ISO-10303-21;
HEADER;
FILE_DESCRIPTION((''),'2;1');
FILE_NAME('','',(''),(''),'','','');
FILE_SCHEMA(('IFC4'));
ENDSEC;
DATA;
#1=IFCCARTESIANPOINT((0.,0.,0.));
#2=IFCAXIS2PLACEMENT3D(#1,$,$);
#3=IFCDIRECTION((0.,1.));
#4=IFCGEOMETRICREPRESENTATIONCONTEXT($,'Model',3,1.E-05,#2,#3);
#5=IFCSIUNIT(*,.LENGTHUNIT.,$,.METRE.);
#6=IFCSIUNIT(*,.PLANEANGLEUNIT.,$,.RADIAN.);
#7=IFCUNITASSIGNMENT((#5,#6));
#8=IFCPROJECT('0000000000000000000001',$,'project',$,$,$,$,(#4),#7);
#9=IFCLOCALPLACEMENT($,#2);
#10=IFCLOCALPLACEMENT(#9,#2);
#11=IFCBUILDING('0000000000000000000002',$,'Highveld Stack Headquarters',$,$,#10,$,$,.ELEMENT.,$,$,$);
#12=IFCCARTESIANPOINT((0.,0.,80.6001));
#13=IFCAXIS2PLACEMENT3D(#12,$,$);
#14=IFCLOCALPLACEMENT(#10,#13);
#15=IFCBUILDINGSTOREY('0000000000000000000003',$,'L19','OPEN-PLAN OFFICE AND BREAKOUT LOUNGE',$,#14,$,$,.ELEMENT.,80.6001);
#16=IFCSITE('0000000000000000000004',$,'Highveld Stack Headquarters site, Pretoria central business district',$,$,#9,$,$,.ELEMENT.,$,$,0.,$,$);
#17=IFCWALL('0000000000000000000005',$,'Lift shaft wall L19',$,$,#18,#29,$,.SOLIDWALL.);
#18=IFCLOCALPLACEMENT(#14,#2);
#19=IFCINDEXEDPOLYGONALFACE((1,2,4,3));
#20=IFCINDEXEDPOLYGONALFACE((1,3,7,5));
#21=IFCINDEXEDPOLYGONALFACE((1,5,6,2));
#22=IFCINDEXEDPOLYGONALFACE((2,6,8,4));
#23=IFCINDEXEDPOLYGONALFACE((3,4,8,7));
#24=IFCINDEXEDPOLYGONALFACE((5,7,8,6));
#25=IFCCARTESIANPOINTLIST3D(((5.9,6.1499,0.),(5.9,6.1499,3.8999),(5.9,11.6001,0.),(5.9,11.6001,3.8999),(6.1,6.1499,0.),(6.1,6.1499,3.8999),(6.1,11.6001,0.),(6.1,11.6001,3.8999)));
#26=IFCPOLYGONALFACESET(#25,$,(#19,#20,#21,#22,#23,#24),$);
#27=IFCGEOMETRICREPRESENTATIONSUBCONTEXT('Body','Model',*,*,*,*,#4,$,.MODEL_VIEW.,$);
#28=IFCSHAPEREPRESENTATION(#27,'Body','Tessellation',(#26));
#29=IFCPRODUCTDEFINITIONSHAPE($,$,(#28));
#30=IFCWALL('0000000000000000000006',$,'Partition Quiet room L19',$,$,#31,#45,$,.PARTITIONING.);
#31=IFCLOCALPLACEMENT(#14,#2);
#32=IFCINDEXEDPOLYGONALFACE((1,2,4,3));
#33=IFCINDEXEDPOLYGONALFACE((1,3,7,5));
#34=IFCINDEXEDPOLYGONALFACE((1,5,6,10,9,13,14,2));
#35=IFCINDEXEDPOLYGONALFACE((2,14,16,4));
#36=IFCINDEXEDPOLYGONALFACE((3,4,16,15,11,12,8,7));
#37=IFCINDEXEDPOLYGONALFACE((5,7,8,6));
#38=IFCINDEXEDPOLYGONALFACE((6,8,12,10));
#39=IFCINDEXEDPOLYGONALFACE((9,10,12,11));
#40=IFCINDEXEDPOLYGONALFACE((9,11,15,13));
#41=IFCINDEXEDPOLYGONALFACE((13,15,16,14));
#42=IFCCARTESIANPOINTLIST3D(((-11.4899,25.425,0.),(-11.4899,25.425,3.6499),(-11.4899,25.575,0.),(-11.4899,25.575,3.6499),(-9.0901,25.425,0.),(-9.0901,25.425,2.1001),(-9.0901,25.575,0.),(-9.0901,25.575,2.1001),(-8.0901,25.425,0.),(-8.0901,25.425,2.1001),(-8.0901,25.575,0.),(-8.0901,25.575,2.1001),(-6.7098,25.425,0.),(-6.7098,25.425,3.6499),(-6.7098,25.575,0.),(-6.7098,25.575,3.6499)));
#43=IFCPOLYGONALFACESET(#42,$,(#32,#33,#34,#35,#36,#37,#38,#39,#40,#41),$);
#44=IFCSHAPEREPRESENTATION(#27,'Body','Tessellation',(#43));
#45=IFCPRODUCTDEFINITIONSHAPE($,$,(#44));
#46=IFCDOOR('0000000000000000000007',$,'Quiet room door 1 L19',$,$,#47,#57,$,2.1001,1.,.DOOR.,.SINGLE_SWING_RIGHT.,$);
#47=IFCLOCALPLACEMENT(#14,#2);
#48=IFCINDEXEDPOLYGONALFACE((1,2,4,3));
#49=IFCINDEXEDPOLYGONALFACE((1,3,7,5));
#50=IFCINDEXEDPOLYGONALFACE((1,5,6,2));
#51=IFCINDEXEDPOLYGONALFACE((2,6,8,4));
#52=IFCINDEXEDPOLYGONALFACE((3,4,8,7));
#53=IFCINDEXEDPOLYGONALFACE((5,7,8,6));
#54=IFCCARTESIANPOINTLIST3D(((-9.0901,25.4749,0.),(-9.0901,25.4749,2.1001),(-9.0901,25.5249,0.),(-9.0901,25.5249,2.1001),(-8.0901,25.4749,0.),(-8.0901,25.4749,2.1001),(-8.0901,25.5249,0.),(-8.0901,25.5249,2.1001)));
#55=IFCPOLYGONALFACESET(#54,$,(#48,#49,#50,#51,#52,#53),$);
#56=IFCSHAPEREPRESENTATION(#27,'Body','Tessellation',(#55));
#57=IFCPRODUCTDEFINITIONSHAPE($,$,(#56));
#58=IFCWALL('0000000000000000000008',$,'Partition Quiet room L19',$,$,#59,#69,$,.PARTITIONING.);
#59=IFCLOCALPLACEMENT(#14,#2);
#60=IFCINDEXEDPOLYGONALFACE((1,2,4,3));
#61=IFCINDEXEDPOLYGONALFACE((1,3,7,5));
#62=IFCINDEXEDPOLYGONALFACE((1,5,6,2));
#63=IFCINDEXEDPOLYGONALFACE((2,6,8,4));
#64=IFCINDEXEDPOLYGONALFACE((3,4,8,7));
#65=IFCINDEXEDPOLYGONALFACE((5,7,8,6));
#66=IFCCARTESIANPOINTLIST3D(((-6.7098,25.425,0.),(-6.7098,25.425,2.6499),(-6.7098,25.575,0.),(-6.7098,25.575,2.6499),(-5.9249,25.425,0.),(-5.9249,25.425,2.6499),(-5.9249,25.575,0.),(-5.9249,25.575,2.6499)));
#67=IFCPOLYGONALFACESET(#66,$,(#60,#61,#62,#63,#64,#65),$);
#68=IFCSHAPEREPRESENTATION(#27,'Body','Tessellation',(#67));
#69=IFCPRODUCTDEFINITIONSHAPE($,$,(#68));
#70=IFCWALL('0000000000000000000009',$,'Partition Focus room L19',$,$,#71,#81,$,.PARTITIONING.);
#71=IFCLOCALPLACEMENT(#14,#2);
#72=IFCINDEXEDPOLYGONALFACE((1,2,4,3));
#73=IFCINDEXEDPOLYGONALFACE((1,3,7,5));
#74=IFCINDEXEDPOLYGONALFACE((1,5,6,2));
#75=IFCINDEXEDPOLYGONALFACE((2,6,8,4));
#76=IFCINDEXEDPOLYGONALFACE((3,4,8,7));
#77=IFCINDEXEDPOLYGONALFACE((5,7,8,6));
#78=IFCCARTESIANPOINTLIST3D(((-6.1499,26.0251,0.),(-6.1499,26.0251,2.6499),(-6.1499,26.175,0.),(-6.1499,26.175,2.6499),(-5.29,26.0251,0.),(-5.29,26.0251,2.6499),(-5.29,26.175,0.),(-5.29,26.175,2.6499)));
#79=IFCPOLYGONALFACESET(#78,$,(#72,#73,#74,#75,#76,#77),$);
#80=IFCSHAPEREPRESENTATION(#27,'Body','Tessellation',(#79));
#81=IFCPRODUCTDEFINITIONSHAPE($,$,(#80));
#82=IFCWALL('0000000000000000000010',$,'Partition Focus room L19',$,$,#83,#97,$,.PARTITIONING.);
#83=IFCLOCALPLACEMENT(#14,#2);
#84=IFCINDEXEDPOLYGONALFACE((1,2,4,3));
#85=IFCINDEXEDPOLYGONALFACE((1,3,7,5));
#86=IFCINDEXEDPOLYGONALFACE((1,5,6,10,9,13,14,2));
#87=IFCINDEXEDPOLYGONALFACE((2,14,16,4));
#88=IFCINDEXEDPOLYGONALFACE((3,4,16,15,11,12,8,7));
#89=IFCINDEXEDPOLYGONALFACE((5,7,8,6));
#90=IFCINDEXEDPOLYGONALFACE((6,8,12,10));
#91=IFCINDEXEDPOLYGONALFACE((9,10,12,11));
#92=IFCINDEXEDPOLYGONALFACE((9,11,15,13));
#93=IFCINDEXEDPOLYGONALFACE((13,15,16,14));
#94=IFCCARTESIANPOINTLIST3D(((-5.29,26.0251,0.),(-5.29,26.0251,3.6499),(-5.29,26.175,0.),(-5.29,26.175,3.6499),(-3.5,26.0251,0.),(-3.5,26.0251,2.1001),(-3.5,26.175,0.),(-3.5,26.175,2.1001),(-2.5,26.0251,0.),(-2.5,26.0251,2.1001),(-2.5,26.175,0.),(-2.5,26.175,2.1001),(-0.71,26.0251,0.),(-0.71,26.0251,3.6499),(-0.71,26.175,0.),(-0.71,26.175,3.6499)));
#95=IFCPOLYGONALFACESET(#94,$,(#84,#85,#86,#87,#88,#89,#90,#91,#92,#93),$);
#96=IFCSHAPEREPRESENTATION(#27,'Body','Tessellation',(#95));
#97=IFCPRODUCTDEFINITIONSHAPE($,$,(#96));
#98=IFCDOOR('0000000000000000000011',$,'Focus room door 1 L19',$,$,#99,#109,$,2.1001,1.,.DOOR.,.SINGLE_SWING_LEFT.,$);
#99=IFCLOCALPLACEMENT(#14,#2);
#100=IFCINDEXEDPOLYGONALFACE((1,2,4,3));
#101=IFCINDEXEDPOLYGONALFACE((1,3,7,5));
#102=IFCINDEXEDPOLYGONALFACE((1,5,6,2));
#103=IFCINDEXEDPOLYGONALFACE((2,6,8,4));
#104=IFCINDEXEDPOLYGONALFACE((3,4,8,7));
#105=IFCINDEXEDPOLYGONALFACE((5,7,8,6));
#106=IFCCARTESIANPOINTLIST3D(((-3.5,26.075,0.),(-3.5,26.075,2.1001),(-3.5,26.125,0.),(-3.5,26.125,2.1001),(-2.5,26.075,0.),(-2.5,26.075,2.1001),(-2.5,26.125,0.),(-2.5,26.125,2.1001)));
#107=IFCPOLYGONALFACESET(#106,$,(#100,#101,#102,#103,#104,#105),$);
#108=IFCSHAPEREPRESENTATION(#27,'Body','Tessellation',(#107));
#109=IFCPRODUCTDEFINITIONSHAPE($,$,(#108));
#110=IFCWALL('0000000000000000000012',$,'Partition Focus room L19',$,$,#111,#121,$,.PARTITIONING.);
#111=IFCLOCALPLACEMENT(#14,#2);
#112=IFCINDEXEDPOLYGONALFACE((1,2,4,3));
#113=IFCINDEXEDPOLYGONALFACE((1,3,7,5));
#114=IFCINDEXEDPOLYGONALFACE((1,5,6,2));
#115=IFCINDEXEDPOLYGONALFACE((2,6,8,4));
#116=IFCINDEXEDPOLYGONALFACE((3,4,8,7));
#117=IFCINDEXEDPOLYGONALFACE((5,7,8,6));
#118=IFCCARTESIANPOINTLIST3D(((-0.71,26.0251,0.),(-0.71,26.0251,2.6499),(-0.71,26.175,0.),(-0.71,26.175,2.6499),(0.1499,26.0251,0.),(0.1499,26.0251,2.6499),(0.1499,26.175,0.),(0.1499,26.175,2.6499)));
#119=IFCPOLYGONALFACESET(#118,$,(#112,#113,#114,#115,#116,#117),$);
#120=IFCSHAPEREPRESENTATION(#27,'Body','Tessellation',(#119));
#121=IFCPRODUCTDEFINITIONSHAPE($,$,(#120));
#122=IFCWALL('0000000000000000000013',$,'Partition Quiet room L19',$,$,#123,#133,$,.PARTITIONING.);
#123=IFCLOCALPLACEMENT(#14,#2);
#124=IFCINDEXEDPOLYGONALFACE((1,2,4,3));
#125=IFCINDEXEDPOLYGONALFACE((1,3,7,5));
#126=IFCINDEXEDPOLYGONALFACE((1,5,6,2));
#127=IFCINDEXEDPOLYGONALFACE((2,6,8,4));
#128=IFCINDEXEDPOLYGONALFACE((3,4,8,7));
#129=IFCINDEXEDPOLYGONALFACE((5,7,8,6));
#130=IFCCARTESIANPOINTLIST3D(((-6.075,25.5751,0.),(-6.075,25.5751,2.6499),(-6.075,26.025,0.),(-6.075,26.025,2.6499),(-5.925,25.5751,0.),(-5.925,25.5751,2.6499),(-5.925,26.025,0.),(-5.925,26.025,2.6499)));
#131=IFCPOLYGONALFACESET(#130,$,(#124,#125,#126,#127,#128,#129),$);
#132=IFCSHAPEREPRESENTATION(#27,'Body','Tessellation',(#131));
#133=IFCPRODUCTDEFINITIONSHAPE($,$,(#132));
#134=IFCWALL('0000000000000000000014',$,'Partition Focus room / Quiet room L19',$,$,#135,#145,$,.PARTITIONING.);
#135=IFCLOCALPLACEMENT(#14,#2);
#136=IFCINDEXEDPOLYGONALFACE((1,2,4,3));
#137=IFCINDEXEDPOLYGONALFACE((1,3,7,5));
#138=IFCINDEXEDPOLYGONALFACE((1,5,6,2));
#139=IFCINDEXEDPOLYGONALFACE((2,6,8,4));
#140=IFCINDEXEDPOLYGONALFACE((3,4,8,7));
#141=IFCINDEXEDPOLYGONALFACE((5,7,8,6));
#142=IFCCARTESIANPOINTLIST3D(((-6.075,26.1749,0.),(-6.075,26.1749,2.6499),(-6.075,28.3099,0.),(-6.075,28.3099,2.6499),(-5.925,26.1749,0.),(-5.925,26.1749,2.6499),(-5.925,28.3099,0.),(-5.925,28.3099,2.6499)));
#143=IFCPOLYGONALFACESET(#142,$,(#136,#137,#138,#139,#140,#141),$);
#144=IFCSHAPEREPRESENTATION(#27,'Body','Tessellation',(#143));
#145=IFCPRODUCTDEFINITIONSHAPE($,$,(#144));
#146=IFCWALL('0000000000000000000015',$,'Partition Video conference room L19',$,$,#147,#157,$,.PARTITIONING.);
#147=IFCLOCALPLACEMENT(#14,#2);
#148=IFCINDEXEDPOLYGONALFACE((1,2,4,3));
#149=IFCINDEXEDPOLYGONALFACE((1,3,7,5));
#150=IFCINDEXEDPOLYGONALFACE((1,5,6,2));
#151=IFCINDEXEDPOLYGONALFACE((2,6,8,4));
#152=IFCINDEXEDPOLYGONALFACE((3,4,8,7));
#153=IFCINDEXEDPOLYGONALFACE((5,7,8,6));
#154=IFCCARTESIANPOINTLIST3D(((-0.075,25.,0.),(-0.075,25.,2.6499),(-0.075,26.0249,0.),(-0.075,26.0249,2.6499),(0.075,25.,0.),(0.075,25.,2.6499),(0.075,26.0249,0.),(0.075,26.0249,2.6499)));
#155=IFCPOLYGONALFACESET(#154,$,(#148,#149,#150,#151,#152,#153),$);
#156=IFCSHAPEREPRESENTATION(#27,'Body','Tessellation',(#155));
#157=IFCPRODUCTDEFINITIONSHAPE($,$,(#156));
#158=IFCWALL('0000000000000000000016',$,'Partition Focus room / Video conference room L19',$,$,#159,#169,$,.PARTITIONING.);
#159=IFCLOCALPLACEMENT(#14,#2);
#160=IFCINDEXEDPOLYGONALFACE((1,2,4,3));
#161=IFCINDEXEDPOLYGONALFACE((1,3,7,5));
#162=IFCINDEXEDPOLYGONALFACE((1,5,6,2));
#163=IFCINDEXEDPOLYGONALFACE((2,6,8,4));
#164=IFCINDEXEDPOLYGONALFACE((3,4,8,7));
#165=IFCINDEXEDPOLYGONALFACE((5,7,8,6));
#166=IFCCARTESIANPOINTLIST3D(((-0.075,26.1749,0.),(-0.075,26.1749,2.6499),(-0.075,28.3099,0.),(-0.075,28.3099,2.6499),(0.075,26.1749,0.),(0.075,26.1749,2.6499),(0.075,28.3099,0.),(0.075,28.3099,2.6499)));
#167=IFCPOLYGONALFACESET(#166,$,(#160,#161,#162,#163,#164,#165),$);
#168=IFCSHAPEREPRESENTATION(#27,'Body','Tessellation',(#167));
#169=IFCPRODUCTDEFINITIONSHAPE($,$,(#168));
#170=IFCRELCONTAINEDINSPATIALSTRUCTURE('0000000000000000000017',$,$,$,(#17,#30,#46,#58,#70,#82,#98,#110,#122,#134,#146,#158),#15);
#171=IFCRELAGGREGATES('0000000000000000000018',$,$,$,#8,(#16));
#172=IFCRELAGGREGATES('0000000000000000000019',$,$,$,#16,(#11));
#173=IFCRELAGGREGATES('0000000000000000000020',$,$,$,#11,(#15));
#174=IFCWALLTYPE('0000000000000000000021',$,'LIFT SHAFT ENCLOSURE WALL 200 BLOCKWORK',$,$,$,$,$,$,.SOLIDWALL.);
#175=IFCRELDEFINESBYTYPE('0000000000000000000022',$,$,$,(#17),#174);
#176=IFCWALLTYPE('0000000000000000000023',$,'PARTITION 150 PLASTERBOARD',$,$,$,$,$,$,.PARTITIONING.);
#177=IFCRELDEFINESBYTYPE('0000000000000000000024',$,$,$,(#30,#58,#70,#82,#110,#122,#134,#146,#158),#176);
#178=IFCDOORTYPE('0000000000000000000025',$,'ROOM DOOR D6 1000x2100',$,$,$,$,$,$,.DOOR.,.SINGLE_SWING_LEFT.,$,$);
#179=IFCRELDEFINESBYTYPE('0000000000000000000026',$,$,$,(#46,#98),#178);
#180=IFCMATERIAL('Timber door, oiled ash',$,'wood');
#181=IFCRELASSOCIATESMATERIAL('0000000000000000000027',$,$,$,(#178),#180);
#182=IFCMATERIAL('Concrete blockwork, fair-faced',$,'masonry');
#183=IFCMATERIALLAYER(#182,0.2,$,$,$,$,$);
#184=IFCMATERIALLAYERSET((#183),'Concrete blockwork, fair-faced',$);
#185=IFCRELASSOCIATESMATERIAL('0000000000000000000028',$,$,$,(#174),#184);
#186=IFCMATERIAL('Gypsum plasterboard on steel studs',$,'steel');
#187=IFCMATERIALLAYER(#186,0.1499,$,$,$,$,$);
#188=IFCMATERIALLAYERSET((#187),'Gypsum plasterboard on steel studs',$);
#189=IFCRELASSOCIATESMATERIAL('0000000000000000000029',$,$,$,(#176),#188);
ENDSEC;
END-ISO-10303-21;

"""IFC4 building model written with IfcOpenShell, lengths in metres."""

from ifc_helpers import new_model, si_unit, direction, frame, frame_2d, origin, place, context, subcontext, project, spatial, rectangle, extrude, material, layer, layer_set, type_object, element, fill, save


model = new_model("IFC4")

# Units and contexts
model_context = context("Model", 3, precision=1e-05, world=origin(), true_north=direction((0.0, 1.0)))
body_context = subcontext(model_context, "Body", "Model", "MODEL_VIEW")
ifc_project = project(units=[si_unit("LENGTHUNIT", "METRE"), si_unit("PLANEANGLEUNIT", "RADIAN")], contexts=[model_context])

# Site, building, storey
site_placement = place(None, origin())
site = spatial("IfcSite", under=ifc_project, at=site_placement, Name="Highveld Stack Headquarters site, Pretoria central business district", CompositionType="ELEMENT", RefElevation=0.0)
building_placement = place(site_placement, origin())
building = spatial("IfcBuilding", under=site, at=building_placement, Name="Highveld Stack Headquarters", CompositionType="ELEMENT")
storey_placement = place(building_placement, frame((0.0, 0.0, 80.6001)))
storey = spatial("IfcBuildingStorey", under=building, at=storey_placement, Name="L19", Description="OPEN-PLAN OFFICE AND BREAKOUT LOUNGE", CompositionType="ELEMENT", Elevation=80.6001)

# Shared definitions
ifc_material_1 = material(Name="Timber door, oiled ash", Category="wood")
door_type = type_object("IfcDoorType", Name="ROOM DOOR D6 1000x2100", OperationType="SINGLE_SWING_LEFT", PredefinedType="DOOR", material=ifc_material_1)

# Wall
ifc_material_2 = material(Name="Concrete blockwork, fair-faced", Category="masonry")
ifc_layer_1 = layer(ifc_material_2, 0.2)
ifc_layer_set_1 = layer_set([ifc_layer_1], Name="Concrete blockwork, fair-faced")
wall_type_1 = type_object("IfcWallType", Name="LIFT SHAFT ENCLOSURE WALL 200 BLOCKWORK", PredefinedType="SOLIDWALL", material=ifc_layer_set_1)
for number, where, z_axis, x_axis, name in (
    (1, (6.0, 6.1499, 0.0), (0.0, 0.0, 1.0), (0.0, 1.0, 0.0), "Lift shaft wall L19"),
):
    element("IfcWall", number, at=place(storey_placement, frame(where, z_axis=z_axis, x_axis=x_axis)), inside=storey, type_object=wall_type_1, Name=name, PredefinedType="SOLIDWALL", context=body_context, shape_type="SweptSolid", body=[
        extrude(rectangle(XDim=5.4502, YDim=0.2, at=frame_2d((2.7251, 0.0))), origin(), (0.0, 0.0, 1.0), 3.8999),
    ])

# Wall, opening, door
ifc_material_3 = material(Name="Gypsum plasterboard on steel studs", Category="steel")
ifc_layer_2 = layer(ifc_material_3, 0.1499)
ifc_layer_set_2 = layer_set([ifc_layer_2], Name="Gypsum plasterboard on steel studs")
wall_type_2 = type_object("IfcWallType", Name="PARTITION 150 PLASTERBOARD", PredefinedType="PARTITIONING", material=ifc_layer_set_2)
wall_1_placement = place(storey_placement, frame((-11.49, 25.5, 0.0), z_axis=(0.0, 0.0, 1.0), x_axis=(1.0, 0.0, 0.0)))
wall_1 = element("IfcWall", 2, at=wall_1_placement, inside=storey, type_object=wall_type_2, Name="Partition Quiet room L19", PredefinedType="PARTITIONING", context=body_context, shape_type="SweptSolid", body=[
    extrude(rectangle(XDim=4.78, YDim=0.1499, at=frame_2d((2.3901, 0.0))), origin(), (0.0, 0.0, 1.0), 3.6499),
])
opening_1_placement = place(wall_1_placement, frame((2.3999, 0.0, 0.0)))
opening_1 = element("IfcOpeningElement", 3, at=opening_1_placement, cuts=wall_1, PredefinedType="OPENING", context=body_context, shape_type="SweptSolid", body=[
    extrude(rectangle(XDim=1.0, YDim=2.1001, at=frame_2d((0.5, 1.05))), frame((0.0, 0.085, 0.0), z_axis=(0.0, -1.0, 0.0), x_axis=(1.0, 0.0, 0.0)), (0.0, 0.0, 1.0), 0.1699),
])
door_1_placement = place(opening_1_placement, origin())
door_1 = element("IfcDoor", 4, at=door_1_placement, inside=storey, type_object=door_type, Name="Quiet room door 1 L19", OperationType="SINGLE_SWING_RIGHT", OverallHeight=2.1001, OverallWidth=1.0, PredefinedType="DOOR", context=body_context, shape_type="SweptSolid", body=[
    extrude(rectangle(XDim=1.0, YDim=2.1001, at=frame_2d((0.5, 1.05))), frame((0.0, 0.0249, 0.0), z_axis=(0.0, -1.0, 0.0), x_axis=(1.0, 0.0, 0.0)), (0.0, 0.0, 1.0), 0.05),
])
fill(opening_1, door_1)

# Walls
wall_2_placement = place(storey_placement, frame((-6.71, 25.5, 0.0), z_axis=(0.0, 0.0, 1.0), x_axis=(1.0, 0.0, 0.0)))
element("IfcWall", 5, at=wall_2_placement, inside=storey, type_object=wall_type_2, Name="Partition Quiet room L19", PredefinedType="PARTITIONING", context=body_context, shape_type="SweptSolid", body=[
    extrude(rectangle(XDim=0.7849, YDim=0.1499, at=frame_2d((0.3926, 0.0))), origin(), (0.0, 0.0, 1.0), 2.6499),
])
wall_3_placement = place(storey_placement, frame((-6.1499, 26.1001, 0.0), z_axis=(0.0, 0.0, 1.0), x_axis=(1.0, 0.0, 0.0)))
element("IfcWall", 6, at=wall_3_placement, inside=storey, type_object=wall_type_2, Name="Partition Focus room L19", PredefinedType="PARTITIONING", context=body_context, shape_type="SweptSolid", body=[
    extrude(rectangle(XDim=0.8599, YDim=0.1499, at=frame_2d((0.4299, 0.0))), origin(), (0.0, 0.0, 1.0), 2.6499),
])

# Wall, opening, door
wall_4_placement = place(storey_placement, frame((-5.29, 26.1001, 0.0), z_axis=(0.0, 0.0, 1.0), x_axis=(1.0, 0.0, 0.0)))
wall_4 = element("IfcWall", 7, at=wall_4_placement, inside=storey, type_object=wall_type_2, Name="Partition Focus room L19", PredefinedType="PARTITIONING", context=body_context, shape_type="SweptSolid", body=[
    extrude(rectangle(XDim=4.5801, YDim=0.1499, at=frame_2d((2.29, 0.0))), origin(), (0.0, 0.0, 1.0), 3.6499),
])
opening_2_placement = place(wall_4_placement, frame((1.79, 0.0, 0.0)))
opening_2 = element("IfcOpeningElement", 8, at=opening_2_placement, cuts=wall_4, PredefinedType="OPENING", context=body_context, shape_type="SweptSolid", body=[
    extrude(rectangle(XDim=1.0, YDim=2.1001, at=frame_2d((0.5, 1.05))), frame((0.0, 0.085, 0.0), z_axis=(0.0, -1.0, 0.0), x_axis=(1.0, 0.0, 0.0)), (0.0, 0.0, 1.0), 0.1699),
])
door_2_placement = place(opening_2_placement, origin())
door_2 = element("IfcDoor", 9, at=door_2_placement, inside=storey, type_object=door_type, Name="Focus room door 1 L19", OperationType="SINGLE_SWING_LEFT", OverallHeight=2.1001, OverallWidth=1.0, PredefinedType="DOOR", context=body_context, shape_type="SweptSolid", body=[
    extrude(rectangle(XDim=1.0, YDim=2.1001, at=frame_2d((0.5, 1.05))), frame((0.0, 0.0249, 0.0), z_axis=(0.0, -1.0, 0.0), x_axis=(1.0, 0.0, 0.0)), (0.0, 0.0, 1.0), 0.05),
])
fill(opening_2, door_2)

# Walls
wall_5_placement = place(storey_placement, frame((-0.71, 26.1001, 0.0), z_axis=(0.0, 0.0, 1.0), x_axis=(1.0, 0.0, 0.0)))
element("IfcWall", 10, at=wall_5_placement, inside=storey, type_object=wall_type_2, Name="Partition Focus room L19", PredefinedType="PARTITIONING", context=body_context, shape_type="SweptSolid", body=[
    extrude(rectangle(XDim=0.8599, YDim=0.1499, at=frame_2d((0.4299, 0.0))), origin(), (0.0, 0.0, 1.0), 2.6499),
])
wall_6_placement = place(storey_placement, frame((-6.0, 25.575, 0.0), z_axis=(0.0, 0.0, 1.0), x_axis=(0.0, 1.0, 0.0)))
element("IfcWall", 11, at=wall_6_placement, inside=storey, type_object=wall_type_2, Name="Partition Quiet room L19", PredefinedType="PARTITIONING", context=body_context, shape_type="SweptSolid", body=[
    extrude(rectangle(XDim=0.45, YDim=0.1499, at=frame_2d((0.2251, 0.0))), origin(), (0.0, 0.0, 1.0), 2.6499),
])
wall_7_placement = place(storey_placement, frame((-6.0, 26.175, 0.0), z_axis=(0.0, 0.0, 1.0), x_axis=(0.0, 1.0, 0.0)))
element("IfcWall", 12, at=wall_7_placement, inside=storey, type_object=wall_type_2, Name="Partition Focus room / Quiet room L19", PredefinedType="PARTITIONING", context=body_context, shape_type="SweptSolid", body=[
    extrude(rectangle(XDim=2.135, YDim=0.1499, at=frame_2d((1.0674, 0.0))), origin(), (0.0, 0.0, 1.0), 2.6499),
])
wall_8_placement = place(storey_placement, frame((0.0, 25.0, 0.0), z_axis=(0.0, 0.0, 1.0), x_axis=(0.0, 1.0, 0.0)))
element("IfcWall", 13, at=wall_8_placement, inside=storey, type_object=wall_type_2, Name="Partition Video conference room L19", PredefinedType="PARTITIONING", context=body_context, shape_type="SweptSolid", body=[
    extrude(rectangle(XDim=1.0249, YDim=0.1499, at=frame_2d((0.5125, 0.0))), origin(), (0.0, 0.0, 1.0), 2.6499),
])
wall_9_placement = place(storey_placement, frame((0.0, 26.175, 0.0), z_axis=(0.0, 0.0, 1.0), x_axis=(0.0, 1.0, 0.0)))
element("IfcWall", 14, at=wall_9_placement, inside=storey, type_object=wall_type_2, Name="Partition Focus room / Video conference room L19", PredefinedType="PARTITIONING", context=body_context, shape_type="SweptSolid", body=[
    extrude(rectangle(XDim=2.135, YDim=0.1499, at=frame_2d((1.0674, 0.0))), origin(), (0.0, 0.0, 1.0), 2.6499),
])

save(model, "model.ifc")
